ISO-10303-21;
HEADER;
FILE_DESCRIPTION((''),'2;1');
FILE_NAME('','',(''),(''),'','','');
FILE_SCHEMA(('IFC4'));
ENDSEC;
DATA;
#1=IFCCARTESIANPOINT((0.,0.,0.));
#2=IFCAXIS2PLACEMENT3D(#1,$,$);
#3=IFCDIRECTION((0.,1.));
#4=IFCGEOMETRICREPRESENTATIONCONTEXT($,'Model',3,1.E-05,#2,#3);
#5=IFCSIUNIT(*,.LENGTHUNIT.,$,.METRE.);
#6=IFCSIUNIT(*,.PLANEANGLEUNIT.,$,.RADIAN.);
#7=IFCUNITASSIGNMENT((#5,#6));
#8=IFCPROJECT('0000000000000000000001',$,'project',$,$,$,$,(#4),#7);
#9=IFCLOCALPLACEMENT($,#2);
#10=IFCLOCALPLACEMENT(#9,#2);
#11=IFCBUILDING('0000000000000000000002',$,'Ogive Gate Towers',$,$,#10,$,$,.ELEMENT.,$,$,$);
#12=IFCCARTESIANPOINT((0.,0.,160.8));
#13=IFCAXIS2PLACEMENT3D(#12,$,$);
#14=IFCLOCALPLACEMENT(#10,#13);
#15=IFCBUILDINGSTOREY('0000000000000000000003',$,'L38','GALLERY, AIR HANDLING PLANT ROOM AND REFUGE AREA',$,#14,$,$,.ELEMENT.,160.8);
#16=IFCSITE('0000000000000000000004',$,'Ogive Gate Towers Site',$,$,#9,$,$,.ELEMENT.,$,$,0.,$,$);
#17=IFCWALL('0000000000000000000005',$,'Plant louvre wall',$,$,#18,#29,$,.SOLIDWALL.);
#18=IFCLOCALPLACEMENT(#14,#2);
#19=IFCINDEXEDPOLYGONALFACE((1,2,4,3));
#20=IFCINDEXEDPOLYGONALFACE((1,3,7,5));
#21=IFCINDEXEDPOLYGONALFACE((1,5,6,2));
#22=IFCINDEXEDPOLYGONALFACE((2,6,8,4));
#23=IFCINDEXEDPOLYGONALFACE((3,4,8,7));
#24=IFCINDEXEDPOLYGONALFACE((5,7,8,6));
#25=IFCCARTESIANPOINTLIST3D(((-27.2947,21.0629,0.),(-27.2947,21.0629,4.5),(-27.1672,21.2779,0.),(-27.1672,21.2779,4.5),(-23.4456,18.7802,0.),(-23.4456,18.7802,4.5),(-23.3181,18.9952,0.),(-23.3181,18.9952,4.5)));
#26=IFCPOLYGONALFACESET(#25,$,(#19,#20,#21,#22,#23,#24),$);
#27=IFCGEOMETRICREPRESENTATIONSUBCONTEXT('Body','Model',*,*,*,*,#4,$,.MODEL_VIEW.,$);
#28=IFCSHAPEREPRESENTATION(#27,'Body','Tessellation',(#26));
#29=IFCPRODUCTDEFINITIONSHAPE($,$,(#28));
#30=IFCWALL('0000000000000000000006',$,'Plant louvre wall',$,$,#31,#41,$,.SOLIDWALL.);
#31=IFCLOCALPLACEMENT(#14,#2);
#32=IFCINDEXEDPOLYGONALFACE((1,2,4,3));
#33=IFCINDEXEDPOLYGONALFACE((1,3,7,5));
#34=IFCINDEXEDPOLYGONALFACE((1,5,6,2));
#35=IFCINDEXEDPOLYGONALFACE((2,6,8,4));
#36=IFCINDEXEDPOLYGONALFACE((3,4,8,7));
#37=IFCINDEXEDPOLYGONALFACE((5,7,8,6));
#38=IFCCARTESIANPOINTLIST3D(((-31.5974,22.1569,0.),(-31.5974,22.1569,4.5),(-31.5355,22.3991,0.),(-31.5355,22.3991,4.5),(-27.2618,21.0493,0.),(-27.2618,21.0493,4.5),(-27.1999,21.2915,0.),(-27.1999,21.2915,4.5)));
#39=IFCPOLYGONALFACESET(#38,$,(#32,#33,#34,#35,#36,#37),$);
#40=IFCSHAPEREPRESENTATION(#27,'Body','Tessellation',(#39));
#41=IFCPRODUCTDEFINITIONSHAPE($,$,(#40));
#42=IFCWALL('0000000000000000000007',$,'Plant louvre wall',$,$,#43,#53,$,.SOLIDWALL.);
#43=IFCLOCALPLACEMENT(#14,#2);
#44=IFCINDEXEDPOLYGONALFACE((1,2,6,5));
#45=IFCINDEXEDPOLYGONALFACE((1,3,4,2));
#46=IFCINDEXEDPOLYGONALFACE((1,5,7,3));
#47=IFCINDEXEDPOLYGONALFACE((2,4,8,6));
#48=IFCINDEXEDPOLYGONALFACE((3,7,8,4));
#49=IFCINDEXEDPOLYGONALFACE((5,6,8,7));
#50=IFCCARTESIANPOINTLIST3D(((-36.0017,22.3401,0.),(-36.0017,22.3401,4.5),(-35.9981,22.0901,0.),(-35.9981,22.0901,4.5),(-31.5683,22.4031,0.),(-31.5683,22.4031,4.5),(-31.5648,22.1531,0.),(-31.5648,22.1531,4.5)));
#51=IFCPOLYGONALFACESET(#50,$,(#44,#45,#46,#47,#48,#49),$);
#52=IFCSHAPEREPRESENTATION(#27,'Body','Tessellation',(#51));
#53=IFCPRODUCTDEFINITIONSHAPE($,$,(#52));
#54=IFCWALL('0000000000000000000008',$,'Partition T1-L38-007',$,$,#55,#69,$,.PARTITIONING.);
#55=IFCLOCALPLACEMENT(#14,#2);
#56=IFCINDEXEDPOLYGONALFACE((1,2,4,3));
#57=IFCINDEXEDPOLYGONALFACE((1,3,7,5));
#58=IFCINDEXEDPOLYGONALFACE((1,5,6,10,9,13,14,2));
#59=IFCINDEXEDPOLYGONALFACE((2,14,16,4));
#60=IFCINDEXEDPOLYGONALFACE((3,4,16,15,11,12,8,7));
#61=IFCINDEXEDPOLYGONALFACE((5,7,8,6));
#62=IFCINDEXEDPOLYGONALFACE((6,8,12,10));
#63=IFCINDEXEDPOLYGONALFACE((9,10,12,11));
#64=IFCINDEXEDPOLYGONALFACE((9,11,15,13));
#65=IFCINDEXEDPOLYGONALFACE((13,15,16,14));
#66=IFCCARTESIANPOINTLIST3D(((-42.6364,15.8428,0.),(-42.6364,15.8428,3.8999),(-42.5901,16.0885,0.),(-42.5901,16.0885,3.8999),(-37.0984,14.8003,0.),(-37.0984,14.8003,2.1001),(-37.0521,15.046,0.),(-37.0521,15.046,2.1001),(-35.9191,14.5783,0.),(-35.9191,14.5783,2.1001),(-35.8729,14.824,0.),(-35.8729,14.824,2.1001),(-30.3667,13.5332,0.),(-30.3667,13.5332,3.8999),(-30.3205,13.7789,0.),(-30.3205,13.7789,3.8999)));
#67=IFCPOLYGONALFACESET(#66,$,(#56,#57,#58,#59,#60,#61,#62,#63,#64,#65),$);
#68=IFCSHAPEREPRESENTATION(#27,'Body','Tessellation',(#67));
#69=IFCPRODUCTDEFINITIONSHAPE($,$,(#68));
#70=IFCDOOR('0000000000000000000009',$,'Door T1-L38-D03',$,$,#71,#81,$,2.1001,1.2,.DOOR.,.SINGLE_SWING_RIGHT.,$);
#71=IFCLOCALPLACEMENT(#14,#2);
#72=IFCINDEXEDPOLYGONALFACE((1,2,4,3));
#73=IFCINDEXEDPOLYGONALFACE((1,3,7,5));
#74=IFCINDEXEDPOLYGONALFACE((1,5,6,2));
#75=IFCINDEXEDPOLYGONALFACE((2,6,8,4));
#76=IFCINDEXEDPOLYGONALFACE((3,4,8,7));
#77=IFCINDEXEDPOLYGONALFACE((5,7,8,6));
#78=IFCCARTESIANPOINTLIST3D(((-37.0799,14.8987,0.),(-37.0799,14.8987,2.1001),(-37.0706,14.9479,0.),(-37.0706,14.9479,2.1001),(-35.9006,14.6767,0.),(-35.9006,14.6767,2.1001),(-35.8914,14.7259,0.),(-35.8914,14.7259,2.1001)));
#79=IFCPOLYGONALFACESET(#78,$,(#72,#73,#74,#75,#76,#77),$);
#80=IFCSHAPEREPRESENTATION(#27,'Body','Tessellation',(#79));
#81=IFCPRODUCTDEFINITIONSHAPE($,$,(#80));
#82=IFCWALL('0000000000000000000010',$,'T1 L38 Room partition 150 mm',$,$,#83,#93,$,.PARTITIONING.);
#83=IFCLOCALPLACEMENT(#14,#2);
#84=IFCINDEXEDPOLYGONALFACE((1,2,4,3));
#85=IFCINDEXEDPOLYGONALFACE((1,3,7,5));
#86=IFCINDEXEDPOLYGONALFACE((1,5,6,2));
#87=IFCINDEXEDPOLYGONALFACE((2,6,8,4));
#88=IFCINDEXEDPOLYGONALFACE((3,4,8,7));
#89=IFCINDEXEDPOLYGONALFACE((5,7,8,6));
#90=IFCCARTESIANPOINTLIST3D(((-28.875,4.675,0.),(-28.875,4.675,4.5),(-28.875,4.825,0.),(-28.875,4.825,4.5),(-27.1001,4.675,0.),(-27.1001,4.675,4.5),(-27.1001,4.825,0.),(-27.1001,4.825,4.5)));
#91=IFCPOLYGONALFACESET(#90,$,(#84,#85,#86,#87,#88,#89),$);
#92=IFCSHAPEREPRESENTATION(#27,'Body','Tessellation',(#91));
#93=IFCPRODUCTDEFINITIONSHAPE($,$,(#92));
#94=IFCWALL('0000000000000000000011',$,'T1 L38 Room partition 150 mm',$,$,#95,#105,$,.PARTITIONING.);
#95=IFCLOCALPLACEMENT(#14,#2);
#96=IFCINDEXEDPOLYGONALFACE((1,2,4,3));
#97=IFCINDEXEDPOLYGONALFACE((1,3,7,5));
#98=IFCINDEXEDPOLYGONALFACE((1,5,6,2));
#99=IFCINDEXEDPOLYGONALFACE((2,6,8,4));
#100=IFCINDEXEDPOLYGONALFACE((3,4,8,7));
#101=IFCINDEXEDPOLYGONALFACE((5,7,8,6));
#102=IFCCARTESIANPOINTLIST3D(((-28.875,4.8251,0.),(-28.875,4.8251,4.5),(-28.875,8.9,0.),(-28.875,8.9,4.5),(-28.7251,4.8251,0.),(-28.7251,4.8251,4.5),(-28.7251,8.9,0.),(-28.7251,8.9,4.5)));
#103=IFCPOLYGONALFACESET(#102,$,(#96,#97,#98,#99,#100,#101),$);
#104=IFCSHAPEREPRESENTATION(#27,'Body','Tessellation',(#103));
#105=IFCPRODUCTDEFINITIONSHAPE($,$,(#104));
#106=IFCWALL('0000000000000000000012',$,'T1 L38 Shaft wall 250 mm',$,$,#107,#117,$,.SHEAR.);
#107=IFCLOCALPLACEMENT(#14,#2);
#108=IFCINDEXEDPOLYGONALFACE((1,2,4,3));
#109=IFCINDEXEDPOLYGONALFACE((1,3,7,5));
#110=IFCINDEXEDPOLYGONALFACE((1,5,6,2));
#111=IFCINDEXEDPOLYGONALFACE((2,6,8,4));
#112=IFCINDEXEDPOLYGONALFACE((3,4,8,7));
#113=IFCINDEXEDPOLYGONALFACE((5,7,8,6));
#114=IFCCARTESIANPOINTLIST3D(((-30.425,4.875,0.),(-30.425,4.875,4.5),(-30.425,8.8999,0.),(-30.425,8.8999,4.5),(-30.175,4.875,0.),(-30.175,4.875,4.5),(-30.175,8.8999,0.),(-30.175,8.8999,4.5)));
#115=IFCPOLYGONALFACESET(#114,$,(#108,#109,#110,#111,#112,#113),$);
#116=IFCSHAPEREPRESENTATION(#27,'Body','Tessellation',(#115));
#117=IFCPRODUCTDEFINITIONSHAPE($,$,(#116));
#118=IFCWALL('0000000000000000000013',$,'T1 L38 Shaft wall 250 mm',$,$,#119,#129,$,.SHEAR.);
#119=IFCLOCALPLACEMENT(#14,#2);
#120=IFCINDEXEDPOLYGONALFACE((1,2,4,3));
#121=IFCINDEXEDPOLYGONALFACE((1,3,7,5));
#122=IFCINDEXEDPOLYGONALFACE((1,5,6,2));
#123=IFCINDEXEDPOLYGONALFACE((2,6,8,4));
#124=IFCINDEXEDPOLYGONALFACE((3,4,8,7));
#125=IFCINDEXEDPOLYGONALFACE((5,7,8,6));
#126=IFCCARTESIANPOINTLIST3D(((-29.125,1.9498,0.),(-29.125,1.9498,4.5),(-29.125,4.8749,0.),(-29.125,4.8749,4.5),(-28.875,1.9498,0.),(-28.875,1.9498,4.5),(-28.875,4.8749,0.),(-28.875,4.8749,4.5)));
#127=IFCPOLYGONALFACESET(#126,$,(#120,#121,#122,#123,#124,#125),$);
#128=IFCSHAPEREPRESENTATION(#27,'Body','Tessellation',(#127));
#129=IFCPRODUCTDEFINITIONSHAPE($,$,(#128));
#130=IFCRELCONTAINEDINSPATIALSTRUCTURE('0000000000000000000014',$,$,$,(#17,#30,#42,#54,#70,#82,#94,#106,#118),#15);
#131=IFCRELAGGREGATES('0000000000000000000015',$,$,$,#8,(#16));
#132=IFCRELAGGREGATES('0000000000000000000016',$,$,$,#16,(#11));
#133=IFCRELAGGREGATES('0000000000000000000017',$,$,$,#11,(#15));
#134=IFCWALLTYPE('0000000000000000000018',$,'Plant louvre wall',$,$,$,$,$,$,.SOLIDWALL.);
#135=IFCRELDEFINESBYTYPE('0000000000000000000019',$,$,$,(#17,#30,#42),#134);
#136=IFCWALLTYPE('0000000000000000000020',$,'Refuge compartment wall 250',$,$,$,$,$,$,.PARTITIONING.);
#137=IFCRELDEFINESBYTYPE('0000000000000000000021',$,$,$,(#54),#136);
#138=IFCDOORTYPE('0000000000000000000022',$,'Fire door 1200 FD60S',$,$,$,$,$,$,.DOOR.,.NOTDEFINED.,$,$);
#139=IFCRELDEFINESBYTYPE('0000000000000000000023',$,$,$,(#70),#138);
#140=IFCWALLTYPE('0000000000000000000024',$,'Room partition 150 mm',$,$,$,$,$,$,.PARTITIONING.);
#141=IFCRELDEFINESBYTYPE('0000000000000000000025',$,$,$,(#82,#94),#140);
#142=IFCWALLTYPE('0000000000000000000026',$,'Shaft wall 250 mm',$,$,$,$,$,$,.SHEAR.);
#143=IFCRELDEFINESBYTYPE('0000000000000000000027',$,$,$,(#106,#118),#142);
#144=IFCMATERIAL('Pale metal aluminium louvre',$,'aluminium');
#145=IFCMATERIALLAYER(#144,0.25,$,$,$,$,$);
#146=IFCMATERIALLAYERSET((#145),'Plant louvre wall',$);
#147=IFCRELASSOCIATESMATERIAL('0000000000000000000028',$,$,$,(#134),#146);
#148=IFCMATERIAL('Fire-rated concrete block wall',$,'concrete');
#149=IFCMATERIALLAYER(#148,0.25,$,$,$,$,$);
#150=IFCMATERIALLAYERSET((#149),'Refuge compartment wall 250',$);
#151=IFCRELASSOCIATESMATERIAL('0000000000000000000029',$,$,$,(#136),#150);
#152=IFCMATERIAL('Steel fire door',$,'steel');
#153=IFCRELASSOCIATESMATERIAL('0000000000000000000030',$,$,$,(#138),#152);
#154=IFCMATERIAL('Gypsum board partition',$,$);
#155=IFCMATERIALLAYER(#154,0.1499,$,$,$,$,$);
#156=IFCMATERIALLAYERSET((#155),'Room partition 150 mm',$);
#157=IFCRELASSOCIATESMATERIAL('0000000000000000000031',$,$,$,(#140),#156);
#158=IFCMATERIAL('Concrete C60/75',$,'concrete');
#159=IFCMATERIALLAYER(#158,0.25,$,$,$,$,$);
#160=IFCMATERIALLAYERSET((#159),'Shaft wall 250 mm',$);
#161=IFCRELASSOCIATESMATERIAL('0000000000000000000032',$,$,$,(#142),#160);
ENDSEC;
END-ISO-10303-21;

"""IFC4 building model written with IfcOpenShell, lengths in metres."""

from ifc_helpers import new_model, si_unit, direction, frame, frame_2d, origin, place, context, subcontext, project, spatial, rectangle, extrude, material, layer, layer_set, type_object, element, fill, save


model = new_model("IFC4")

# Units and contexts
model_context = context("Model", 3, precision=1e-05, world=origin(), true_north=direction((0.0, 1.0)))
body_context = subcontext(model_context, "Body", "Model", "MODEL_VIEW")
ifc_project = project(units=[si_unit("LENGTHUNIT", "METRE"), si_unit("PLANEANGLEUNIT", "RADIAN")], contexts=[model_context])

# Site, building, storey
site_placement = place(None, origin())
site = spatial("IfcSite", under=ifc_project, at=site_placement, Name="Ogive Gate Towers Site", CompositionType="ELEMENT", RefElevation=0.0)
building_placement = place(site_placement, origin())
building = spatial("IfcBuilding", under=site, at=building_placement, Name="Ogive Gate Towers", CompositionType="ELEMENT")
storey_placement = place(building_placement, frame((0.0, 0.0, 160.8)))
storey = spatial("IfcBuildingStorey", under=building, at=storey_placement, Name="L38", Description="GALLERY, AIR HANDLING PLANT ROOM AND REFUGE AREA", CompositionType="ELEMENT", Elevation=160.8)

# Shared definitions
ifc_material_1 = material(Name="Steel fire door", Category="steel")

# Walls
ifc_material_2 = material(Name="Pale metal aluminium louvre", Category="aluminium")
ifc_layer_1 = layer(ifc_material_2, 0.25)
ifc_layer_set_1 = layer_set([ifc_layer_1], Name="Plant louvre wall")
wall_type_1 = type_object("IfcWallType", Name="Plant louvre wall", PredefinedType="SOLIDWALL", material=ifc_layer_set_1)
wall_1_placement = place(storey_placement, frame((-23.3818, 18.8877, 0.0), z_axis=(0.0, 0.0, 1.0), x_axis=(-0.86012, 0.510092, 0.0)))
element("IfcWall", 1, at=wall_1_placement, inside=storey, type_object=wall_type_1, Name="Plant louvre wall", PredefinedType="SOLIDWALL", context=body_context, shape_type="SweptSolid", body=[
    extrude(rectangle(XDim=4.4751, YDim=0.25, at=frame_2d((2.2375, 0.0))), origin(), (0.0, 0.0, 1.0), 4.5),
])
wall_2_placement = place(storey_placement, frame((-27.231, 21.1704, 0.0), z_axis=(0.0, 0.0, 1.0), x_axis=(-0.968881, 0.247526, 0.0)))
element("IfcWall", 2, at=wall_2_placement, inside=storey, type_object=wall_type_1, Name="Plant louvre wall", PredefinedType="SOLIDWALL", context=body_context, shape_type="SweptSolid", body=[
    extrude(rectangle(XDim=4.4749, YDim=0.25, at=frame_2d((2.2373, 0.0))), origin(), (0.0, 0.0, 1.0), 4.5),
])
wall_3_placement = place(storey_placement, frame((-31.5667, 22.2781, 0.0), z_axis=(0.0, 0.0, 1.0), x_axis=(-0.999899, -0.014206, 0.0)))
element("IfcWall", 3, at=wall_3_placement, inside=storey, type_object=wall_type_1, Name="Plant louvre wall", PredefinedType="SOLIDWALL", context=body_context, shape_type="SweptSolid", body=[
    extrude(rectangle(XDim=4.4338, YDim=0.25, at=frame_2d((2.2168, 0.0))), origin(), (0.0, 0.0, 1.0), 4.5),
])

# Wall, opening, door
ifc_material_3 = material(Name="Fire-rated concrete block wall", Category="concrete")
ifc_layer_2 = layer(ifc_material_3, 0.25)
ifc_layer_set_2 = layer_set([ifc_layer_2], Name="Refuge compartment wall 250")
wall_type_2 = type_object("IfcWallType", Name="Refuge compartment wall 250", PredefinedType="PARTITIONING", material=ifc_layer_set_2)
wall_4_placement = place(storey_placement, frame((-30.3435, 13.656, 0.0), z_axis=(0.0, 0.0, 1.0), x_axis=(-0.982741, 0.184987, 0.0)))
wall_4 = element("IfcWall", 4, at=wall_4_placement, inside=storey, type_object=wall_type_2, Name="Partition T1-L38-007", PredefinedType="PARTITIONING", context=body_context, shape_type="SweptSolid", body=[
    extrude(rectangle(XDim=12.4851, YDim=0.25, at=frame_2d((6.2427, 0.0))), origin(), (0.0, 0.0, 1.0), 3.8999),
])
opening_1_placement = place(wall_4_placement, frame((5.6499, 0.0, 0.0)))
opening_1 = element("IfcOpeningElement", 5, at=opening_1_placement, cuts=wall_4, PredefinedType="OPENING", context=body_context, shape_type="SweptSolid", body=[
    extrude(rectangle(XDim=1.2, YDim=2.1001, at=frame_2d((0.6001, 1.05))), frame((0.0, 0.135, 0.0), z_axis=(0.0, -1.0, 0.0), x_axis=(1.0, 0.0, 0.0)), (0.0, 0.0, 1.0), 0.27),
])
door_type_1 = type_object("IfcDoorType", Name="Fire door 1200 FD60S", OperationType="NOTDEFINED", PredefinedType="DOOR", material=ifc_material_1)
door_1_placement = place(opening_1_placement, origin())
door_1 = element("IfcDoor", 6, at=door_1_placement, inside=storey, type_object=door_type_1, Name="Door T1-L38-D03", OperationType="SINGLE_SWING_RIGHT", OverallHeight=2.1001, OverallWidth=1.2, PredefinedType="DOOR", context=body_context, shape_type="SweptSolid", body=[
    extrude(rectangle(XDim=1.2, YDim=2.1001, at=frame_2d((0.6001, 1.05))), frame((0.0, 0.0249, 0.0), z_axis=(0.0, -1.0, 0.0), x_axis=(1.0, 0.0, 0.0)), (0.0, 0.0, 1.0), 0.05),
])
fill(opening_1, door_1)

# Walls
ifc_material_4 = material(Name="Gypsum board partition")
ifc_layer_3 = layer(ifc_material_4, 0.1499)
ifc_layer_set_3 = layer_set([ifc_layer_3], Name="Room partition 150 mm")
wall_type_3 = type_object("IfcWallType", Name="Room partition 150 mm", PredefinedType="PARTITIONING", material=ifc_layer_set_3)
wall_5_placement = place(storey_placement, frame((-28.875, 4.75, 0.0), z_axis=(0.0, 0.0, 1.0), x_axis=(1.0, 0.0, 0.0)))
element("IfcWall", 7, at=wall_5_placement, inside=storey, type_object=wall_type_3, Name="T1 L38 Room partition 150 mm", PredefinedType="PARTITIONING", context=body_context, shape_type="SweptSolid", body=[
    extrude(rectangle(XDim=1.7749, YDim=0.1499, at=frame_2d((0.8875, 0.0))), origin(), (0.0, 0.0, 1.0), 4.5),
])
wall_6_placement = place(storey_placement, frame((-28.8, 4.825, 0.0), z_axis=(0.0, 0.0, 1.0), x_axis=(0.0, 1.0, 0.0)))
element("IfcWall", 8, at=wall_6_placement, inside=storey, type_object=wall_type_3, Name="T1 L38 Room partition 150 mm", PredefinedType="PARTITIONING", context=body_context, shape_type="SweptSolid", body=[
    extrude(rectangle(XDim=4.075, YDim=0.1499, at=frame_2d((2.0376, 0.0))), origin(), (0.0, 0.0, 1.0), 4.5),
])
ifc_material_5 = material(Name="Concrete C60/75", Category="concrete")
ifc_layer_4 = layer(ifc_material_5, 0.25)
ifc_layer_set_4 = layer_set([ifc_layer_4], Name="Shaft wall 250 mm")
wall_type_4 = type_object("IfcWallType", Name="Shaft wall 250 mm", PredefinedType="SHEAR", material=ifc_layer_set_4)
wall_7_placement = place(storey_placement, frame((-30.3, 4.875, 0.0), z_axis=(0.0, 0.0, 1.0), x_axis=(0.0, 1.0, 0.0)))
element("IfcWall", 9, at=wall_7_placement, inside=storey, type_object=wall_type_4, Name="T1 L38 Shaft wall 250 mm", PredefinedType="SHEAR", context=body_context, shape_type="SweptSolid", body=[
    extrude(rectangle(XDim=4.0249, YDim=0.25, at=frame_2d((2.0125, 0.0))), origin(), (0.0, 0.0, 1.0), 4.5),
])
wall_8_placement = place(storey_placement, frame((-29.0, 1.95, 0.0), z_axis=(0.0, 0.0, 1.0), x_axis=(0.0, 1.0, 0.0)))
element("IfcWall", 10, at=wall_8_placement, inside=storey, type_object=wall_type_4, Name="T1 L38 Shaft wall 250 mm", PredefinedType="SHEAR", context=body_context, shape_type="SweptSolid", body=[
    extrude(rectangle(XDim=2.925, YDim=0.25, at=frame_2d((1.4624, 0.0))), origin(), (0.0, 0.0, 1.0), 4.5),
])

save(model, "model.ifc")
